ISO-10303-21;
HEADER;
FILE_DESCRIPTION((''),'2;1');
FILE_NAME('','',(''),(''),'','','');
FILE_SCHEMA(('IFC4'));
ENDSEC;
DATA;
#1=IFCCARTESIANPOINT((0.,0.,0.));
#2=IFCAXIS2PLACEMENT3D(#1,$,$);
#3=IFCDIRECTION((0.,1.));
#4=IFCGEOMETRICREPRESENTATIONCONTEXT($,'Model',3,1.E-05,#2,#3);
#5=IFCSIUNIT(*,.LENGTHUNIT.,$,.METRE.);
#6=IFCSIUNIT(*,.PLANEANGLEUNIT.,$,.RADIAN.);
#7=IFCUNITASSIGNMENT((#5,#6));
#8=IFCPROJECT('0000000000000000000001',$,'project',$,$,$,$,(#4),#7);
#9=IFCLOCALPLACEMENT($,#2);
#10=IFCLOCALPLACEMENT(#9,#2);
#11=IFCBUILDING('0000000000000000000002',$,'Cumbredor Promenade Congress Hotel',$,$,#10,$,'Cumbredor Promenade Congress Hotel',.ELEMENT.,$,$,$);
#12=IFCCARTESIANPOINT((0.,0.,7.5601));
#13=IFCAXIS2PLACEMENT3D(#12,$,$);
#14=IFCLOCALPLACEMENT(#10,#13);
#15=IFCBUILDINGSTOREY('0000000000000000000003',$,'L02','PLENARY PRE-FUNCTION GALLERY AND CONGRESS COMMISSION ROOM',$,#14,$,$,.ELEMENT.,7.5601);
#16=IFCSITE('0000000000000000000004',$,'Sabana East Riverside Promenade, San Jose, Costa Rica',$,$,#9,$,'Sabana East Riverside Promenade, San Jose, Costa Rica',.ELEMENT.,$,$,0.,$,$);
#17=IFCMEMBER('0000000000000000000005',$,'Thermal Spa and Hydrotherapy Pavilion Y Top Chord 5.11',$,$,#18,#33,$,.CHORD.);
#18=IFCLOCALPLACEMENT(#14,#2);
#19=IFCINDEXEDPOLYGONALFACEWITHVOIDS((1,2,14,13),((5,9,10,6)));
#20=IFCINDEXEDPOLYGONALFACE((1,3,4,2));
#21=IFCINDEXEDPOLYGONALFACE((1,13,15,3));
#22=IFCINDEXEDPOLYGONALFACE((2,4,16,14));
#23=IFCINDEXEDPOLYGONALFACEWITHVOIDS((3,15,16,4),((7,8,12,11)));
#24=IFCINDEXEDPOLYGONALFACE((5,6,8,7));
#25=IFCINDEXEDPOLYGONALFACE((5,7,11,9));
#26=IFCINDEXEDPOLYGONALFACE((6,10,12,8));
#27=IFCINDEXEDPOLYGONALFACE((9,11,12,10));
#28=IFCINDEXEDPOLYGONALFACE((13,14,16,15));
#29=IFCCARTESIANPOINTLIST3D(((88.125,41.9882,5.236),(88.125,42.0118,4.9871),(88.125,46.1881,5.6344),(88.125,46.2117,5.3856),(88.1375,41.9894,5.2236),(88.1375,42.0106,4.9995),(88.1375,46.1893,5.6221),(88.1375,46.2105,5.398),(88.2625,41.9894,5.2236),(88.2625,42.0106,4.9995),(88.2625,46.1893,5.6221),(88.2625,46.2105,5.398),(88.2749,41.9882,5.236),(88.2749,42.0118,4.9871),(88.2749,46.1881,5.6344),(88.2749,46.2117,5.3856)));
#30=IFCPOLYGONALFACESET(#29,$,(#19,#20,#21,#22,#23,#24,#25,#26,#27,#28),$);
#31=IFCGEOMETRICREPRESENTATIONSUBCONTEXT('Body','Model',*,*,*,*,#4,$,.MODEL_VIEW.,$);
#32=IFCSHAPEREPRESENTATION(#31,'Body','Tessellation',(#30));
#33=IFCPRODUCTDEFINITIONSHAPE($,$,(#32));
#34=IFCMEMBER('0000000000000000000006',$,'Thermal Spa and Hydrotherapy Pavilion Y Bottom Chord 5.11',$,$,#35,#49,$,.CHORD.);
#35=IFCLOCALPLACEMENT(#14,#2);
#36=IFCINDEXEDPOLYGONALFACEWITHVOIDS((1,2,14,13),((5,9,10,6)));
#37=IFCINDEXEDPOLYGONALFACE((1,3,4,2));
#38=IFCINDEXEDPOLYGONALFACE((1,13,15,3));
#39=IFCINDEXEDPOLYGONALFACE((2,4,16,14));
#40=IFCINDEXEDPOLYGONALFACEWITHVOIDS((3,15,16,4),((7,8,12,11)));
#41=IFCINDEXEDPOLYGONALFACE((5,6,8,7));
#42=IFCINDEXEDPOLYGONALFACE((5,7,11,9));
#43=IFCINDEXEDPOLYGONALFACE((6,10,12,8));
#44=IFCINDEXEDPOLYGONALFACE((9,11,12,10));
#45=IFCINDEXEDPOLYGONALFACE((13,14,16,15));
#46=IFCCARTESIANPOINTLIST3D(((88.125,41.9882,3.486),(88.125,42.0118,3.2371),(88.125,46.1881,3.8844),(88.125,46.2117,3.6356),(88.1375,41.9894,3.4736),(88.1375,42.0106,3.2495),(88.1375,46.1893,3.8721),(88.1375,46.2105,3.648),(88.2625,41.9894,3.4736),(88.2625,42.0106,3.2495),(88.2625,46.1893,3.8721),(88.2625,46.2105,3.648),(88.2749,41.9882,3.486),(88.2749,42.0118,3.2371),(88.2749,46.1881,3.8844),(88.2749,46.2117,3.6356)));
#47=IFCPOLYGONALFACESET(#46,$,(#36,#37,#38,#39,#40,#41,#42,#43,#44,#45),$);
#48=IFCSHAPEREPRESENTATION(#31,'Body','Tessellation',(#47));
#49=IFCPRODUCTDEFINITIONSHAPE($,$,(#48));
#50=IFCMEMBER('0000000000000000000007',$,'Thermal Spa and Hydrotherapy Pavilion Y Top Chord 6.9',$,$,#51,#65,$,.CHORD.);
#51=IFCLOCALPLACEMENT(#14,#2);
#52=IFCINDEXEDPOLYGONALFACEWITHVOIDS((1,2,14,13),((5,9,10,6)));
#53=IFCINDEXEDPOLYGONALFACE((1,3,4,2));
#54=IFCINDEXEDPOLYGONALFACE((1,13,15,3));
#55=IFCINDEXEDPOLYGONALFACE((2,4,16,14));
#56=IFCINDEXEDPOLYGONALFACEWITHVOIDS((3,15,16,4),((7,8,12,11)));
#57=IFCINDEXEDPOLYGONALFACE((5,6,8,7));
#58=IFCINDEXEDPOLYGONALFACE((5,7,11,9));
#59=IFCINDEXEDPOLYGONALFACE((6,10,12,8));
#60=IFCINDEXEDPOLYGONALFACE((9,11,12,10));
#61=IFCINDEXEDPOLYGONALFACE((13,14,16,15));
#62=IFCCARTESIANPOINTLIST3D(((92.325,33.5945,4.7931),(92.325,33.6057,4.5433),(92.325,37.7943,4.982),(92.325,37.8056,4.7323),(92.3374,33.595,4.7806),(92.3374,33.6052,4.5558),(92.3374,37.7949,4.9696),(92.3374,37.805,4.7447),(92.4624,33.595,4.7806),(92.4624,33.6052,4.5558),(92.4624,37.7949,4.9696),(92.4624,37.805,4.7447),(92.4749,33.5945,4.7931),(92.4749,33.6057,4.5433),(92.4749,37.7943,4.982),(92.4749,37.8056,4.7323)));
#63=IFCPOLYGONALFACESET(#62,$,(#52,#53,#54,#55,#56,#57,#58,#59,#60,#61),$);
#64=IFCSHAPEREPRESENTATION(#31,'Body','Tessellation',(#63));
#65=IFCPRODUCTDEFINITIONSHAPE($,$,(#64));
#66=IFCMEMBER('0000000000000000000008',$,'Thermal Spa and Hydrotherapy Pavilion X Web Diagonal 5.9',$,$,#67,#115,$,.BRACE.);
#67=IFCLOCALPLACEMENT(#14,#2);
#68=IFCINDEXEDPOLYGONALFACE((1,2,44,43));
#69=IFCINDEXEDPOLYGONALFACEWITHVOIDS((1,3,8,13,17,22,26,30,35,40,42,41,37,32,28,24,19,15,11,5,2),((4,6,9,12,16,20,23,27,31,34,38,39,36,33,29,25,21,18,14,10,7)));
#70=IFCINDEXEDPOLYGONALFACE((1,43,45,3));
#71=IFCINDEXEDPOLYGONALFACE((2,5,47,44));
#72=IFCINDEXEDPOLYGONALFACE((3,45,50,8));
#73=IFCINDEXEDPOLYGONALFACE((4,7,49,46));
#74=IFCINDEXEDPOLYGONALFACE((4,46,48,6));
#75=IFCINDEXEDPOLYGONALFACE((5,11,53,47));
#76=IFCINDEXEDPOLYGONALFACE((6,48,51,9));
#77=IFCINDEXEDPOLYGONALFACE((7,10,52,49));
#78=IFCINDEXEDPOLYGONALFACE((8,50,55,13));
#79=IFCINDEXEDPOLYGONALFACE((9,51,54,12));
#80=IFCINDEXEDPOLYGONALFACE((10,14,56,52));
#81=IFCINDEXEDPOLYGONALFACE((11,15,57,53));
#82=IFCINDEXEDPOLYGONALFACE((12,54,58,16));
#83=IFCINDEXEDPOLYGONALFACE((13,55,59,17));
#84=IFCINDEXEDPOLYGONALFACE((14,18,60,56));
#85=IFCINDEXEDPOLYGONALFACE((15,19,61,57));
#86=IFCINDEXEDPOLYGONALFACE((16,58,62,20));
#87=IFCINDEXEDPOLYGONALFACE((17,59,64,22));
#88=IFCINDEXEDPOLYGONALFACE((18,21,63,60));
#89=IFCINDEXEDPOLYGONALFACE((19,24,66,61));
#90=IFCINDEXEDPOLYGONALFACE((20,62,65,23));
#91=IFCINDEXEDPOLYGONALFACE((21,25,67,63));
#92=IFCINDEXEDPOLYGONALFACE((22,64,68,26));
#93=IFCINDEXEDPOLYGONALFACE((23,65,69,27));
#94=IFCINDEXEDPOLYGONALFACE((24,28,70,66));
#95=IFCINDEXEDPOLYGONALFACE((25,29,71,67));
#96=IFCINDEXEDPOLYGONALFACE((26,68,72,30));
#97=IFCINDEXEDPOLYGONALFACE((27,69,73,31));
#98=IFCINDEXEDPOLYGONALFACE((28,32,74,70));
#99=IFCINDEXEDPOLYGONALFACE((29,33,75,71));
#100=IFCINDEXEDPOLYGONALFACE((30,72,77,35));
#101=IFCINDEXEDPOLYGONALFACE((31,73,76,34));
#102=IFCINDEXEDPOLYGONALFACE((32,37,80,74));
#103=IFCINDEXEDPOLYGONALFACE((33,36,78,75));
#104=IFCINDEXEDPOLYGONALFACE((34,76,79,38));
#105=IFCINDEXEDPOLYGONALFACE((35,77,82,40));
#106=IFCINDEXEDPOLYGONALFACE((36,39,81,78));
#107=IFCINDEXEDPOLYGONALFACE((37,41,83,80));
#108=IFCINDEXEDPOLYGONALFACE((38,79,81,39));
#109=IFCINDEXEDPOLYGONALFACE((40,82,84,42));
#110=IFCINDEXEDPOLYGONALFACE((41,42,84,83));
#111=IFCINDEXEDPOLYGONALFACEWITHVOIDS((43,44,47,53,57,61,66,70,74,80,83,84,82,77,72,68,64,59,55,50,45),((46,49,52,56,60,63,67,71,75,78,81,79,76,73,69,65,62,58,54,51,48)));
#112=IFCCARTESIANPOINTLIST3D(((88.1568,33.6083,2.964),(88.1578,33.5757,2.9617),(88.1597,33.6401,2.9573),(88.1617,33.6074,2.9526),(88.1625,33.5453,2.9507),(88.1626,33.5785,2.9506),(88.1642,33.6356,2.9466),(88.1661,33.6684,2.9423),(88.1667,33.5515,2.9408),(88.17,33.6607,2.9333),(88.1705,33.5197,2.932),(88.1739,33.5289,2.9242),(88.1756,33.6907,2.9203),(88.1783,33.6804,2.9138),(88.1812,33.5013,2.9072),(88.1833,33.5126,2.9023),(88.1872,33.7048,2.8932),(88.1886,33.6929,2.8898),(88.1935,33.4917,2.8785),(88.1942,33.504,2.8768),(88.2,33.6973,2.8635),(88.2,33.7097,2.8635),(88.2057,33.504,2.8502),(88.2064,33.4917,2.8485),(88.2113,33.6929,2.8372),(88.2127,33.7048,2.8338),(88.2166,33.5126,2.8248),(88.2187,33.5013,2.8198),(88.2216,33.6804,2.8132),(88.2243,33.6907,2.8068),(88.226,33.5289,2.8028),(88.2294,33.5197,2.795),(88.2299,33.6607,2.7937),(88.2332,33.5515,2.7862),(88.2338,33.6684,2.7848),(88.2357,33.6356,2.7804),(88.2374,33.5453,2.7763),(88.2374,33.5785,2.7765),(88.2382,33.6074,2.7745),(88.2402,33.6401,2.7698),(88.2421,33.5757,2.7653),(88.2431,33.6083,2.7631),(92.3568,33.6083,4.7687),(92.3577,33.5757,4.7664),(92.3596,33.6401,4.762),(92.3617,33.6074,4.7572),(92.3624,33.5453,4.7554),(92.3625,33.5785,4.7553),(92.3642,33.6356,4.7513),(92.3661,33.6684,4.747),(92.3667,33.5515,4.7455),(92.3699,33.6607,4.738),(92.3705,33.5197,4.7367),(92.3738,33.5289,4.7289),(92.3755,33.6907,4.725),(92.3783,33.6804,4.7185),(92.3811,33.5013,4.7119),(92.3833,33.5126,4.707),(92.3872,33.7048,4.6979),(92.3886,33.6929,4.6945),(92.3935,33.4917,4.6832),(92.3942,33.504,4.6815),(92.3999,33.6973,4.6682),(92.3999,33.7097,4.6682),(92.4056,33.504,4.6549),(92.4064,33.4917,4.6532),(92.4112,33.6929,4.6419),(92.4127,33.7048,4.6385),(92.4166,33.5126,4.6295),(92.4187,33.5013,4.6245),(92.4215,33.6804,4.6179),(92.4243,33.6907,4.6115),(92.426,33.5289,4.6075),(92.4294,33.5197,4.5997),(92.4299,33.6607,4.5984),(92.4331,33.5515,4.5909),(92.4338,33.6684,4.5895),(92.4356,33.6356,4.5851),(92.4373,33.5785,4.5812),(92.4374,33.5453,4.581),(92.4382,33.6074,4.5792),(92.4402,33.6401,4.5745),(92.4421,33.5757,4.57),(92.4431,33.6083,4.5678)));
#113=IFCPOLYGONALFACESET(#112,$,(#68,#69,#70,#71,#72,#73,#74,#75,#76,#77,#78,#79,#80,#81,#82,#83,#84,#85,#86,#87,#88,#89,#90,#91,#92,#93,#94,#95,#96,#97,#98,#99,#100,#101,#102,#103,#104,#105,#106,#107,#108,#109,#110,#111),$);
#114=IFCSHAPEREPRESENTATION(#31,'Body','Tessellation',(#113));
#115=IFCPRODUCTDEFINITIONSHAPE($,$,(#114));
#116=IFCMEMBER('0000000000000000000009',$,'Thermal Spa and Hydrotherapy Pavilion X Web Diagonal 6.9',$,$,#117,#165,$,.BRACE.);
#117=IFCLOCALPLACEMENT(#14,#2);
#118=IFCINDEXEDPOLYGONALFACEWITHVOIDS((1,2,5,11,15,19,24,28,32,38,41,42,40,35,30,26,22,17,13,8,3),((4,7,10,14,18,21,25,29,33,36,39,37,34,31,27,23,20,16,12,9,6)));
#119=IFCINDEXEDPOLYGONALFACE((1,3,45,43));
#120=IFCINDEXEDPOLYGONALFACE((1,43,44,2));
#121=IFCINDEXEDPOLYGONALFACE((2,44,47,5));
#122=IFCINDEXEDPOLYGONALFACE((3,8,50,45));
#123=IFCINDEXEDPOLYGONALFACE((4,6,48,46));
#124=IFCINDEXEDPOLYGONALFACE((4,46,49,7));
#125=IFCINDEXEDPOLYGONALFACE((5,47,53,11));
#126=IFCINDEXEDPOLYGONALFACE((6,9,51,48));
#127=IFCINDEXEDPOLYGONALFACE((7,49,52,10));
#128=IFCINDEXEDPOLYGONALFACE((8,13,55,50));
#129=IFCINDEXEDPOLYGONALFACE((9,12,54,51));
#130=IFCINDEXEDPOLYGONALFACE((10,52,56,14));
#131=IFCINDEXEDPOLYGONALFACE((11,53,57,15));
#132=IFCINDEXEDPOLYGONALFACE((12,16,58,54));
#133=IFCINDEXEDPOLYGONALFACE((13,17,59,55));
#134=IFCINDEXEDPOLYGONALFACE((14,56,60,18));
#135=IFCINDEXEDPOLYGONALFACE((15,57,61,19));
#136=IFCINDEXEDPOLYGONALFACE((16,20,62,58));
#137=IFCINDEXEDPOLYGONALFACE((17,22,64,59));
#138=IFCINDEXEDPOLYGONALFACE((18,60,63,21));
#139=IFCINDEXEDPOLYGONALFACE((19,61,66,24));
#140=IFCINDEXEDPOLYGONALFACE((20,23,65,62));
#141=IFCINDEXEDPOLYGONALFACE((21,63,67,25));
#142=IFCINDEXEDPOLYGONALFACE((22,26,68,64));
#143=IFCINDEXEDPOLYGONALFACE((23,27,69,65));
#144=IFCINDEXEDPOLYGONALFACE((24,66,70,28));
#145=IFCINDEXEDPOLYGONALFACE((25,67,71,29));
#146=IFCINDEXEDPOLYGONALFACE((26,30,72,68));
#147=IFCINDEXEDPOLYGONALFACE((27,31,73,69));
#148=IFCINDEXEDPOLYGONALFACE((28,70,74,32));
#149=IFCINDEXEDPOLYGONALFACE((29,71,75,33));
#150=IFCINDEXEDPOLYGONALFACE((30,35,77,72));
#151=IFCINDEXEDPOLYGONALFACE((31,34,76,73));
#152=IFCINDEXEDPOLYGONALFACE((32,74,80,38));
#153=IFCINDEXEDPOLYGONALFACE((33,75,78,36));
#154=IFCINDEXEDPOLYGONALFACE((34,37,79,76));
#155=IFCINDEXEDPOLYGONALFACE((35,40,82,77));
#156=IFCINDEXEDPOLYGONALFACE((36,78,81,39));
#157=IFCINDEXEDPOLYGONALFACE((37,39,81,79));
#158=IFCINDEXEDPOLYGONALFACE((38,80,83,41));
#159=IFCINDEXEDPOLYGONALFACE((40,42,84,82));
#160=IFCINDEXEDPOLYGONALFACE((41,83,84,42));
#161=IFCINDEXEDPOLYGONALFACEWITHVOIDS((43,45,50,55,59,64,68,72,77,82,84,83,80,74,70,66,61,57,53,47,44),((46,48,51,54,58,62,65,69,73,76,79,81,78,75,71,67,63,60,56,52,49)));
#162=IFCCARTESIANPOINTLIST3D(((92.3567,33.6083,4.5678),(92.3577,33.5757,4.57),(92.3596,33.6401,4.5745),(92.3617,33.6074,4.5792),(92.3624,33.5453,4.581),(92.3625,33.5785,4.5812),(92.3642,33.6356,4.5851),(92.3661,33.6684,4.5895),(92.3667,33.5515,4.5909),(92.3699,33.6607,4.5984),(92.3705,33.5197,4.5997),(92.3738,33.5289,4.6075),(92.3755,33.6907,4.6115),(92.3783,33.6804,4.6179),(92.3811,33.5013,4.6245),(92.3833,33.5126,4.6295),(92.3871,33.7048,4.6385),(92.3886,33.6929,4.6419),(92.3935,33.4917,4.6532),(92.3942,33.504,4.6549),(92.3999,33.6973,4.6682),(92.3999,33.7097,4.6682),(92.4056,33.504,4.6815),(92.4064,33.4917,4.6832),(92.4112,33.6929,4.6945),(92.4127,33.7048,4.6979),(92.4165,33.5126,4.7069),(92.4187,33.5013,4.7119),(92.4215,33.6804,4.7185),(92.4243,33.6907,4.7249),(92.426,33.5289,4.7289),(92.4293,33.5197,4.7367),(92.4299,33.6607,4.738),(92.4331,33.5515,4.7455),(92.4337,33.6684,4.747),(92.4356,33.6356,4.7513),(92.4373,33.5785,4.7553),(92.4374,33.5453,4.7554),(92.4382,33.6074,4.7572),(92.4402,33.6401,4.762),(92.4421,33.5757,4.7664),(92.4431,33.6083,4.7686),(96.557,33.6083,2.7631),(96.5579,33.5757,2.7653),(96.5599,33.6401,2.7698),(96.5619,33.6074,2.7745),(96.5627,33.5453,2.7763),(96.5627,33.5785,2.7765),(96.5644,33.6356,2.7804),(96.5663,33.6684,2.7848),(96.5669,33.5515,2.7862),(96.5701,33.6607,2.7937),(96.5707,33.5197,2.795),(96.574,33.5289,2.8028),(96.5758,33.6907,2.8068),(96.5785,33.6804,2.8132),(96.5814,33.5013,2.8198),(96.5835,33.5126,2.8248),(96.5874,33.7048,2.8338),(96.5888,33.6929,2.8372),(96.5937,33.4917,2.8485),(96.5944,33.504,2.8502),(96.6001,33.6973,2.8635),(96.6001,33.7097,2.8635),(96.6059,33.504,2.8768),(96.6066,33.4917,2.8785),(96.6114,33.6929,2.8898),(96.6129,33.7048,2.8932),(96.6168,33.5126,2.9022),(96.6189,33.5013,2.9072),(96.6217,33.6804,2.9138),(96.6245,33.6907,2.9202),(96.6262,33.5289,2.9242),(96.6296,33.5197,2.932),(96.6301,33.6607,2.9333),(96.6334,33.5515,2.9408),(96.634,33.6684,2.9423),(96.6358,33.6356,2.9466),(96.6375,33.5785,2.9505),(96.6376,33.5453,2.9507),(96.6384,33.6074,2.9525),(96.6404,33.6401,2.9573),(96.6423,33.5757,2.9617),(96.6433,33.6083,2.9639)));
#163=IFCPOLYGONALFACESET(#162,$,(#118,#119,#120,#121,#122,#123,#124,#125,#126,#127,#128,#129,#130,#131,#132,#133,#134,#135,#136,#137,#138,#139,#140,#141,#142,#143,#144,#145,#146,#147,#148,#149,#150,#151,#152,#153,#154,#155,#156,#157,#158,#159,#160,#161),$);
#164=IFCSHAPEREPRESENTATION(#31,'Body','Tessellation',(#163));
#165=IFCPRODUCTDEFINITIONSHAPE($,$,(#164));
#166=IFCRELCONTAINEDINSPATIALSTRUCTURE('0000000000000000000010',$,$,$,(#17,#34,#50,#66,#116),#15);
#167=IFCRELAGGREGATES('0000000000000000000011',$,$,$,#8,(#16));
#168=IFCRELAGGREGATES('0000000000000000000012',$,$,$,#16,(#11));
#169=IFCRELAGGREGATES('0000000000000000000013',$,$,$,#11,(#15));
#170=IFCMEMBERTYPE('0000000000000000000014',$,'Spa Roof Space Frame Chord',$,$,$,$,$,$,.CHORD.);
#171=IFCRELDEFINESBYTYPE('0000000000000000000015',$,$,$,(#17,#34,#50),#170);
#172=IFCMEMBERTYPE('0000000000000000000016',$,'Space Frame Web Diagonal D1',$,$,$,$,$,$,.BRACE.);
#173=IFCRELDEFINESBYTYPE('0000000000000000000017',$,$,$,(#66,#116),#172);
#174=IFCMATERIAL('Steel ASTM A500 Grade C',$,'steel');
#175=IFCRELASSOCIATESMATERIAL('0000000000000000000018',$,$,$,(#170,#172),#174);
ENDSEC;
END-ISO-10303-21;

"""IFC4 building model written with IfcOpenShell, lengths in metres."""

from ifc_helpers import new_model, si_unit, direction, frame, origin, origin_2d, place, context, subcontext, project, spatial, hollow_rectangle, hollow_circle, extrude, material, material_profile, profile_set, type_object, element, save


model = new_model("IFC4")

# Units and contexts
model_context = context("Model", 3, precision=1e-05, world=origin(), true_north=direction((0.0, 1.0)))
body_context = subcontext(model_context, "Body", "Model", "MODEL_VIEW")
ifc_project = project(units=[si_unit("LENGTHUNIT", "METRE"), si_unit("PLANEANGLEUNIT", "RADIAN")], contexts=[model_context])

# Site, building, storey
site_placement = place(None, origin())
site = spatial("IfcSite", under=ifc_project, at=site_placement, Name="Sabana East Riverside Promenade, San Jose, Costa Rica", LongName="Sabana East Riverside Promenade, San Jose, Costa Rica", CompositionType="ELEMENT", RefElevation=0.0)
building_placement = place(site_placement, origin())
building = spatial("IfcBuilding", under=site, at=building_placement, Name="Cumbredor Promenade Congress Hotel", LongName="Cumbredor Promenade Congress Hotel", CompositionType="ELEMENT")
storey_placement = place(building_placement, frame((0.0, 0.0, 7.5601)))
storey = spatial("IfcBuildingStorey", under=building, at=storey_placement, Name="L02", Description="PLENARY PRE-FUNCTION GALLERY AND CONGRESS COMMISSION ROOM", CompositionType="ELEMENT", Elevation=7.5601)

# Members
ifc_material_1 = material(Name="Steel ASTM A500 Grade C", Category="steel")
ifc_material_profile_1 = material_profile(ifc_material_1, hollow_rectangle(XDim=0.1499, YDim=0.25, WallThickness=0.0125, at=origin_2d()), Name="HSS 250x150x12.5")
ifc_profile_set_1 = profile_set([ifc_material_profile_1], Name="Steel ASTM A500 Grade C")
member_type_1 = type_object("IfcMemberType", Name="Spa Roof Space Frame Chord", PredefinedType="CHORD", material=ifc_profile_set_1)
for number, where, z_axis, x_axis, name in (
    (1, (88.2, 42.0, 5.1116), (0.0, 0.99553, 0.094443), (-1.0, 0.0, 0.0), "Thermal Spa and Hydrotherapy Pavilion Y Top Chord 5.11"),
    (2, (88.2, 42.0, 3.3616), (0.0, 0.99553, 0.094443), (-1.0, 0.0, 0.0), "Thermal Spa and Hydrotherapy Pavilion Y Bottom Chord 5.11"),
):
    element("IfcMember", number, at=place(storey_placement, frame(where, z_axis=z_axis, x_axis=x_axis)), inside=storey, type_object=member_type_1, Name=name, PredefinedType="CHORD", context=body_context, shape_type="SweptSolid", body=[
        extrude(hollow_rectangle(XDim=0.1499, YDim=0.25, WallThickness=0.0125, at=origin_2d()), origin(), (0.0, 0.0, 1.0), 4.2188),
    ])
member_1_placement = place(storey_placement, frame((92.3999, 33.6001, 4.6682), z_axis=(0.0, 0.998989, 0.044947), x_axis=(-1.0, 0.0, 0.0)))
element("IfcMember", 3, at=member_1_placement, inside=storey, type_object=member_type_1, Name="Thermal Spa and Hydrotherapy Pavilion Y Top Chord 6.9", PredefinedType="CHORD", context=body_context, shape_type="SweptSolid", body=[
    extrude(hollow_rectangle(XDim=0.1499, YDim=0.25, WallThickness=0.0125, at=origin_2d()), origin(), (0.0, 0.0, 1.0), 4.2041),
])
ifc_material_profile_2 = material_profile(ifc_material_1, hollow_circle(Radius=0.1096, WallThickness=0.0125, at=origin_2d()), Name="CHS 219.1x12.5")
ifc_profile_set_2 = profile_set([ifc_material_profile_2], Name="Steel ASTM A500 Grade C")
member_type_2 = type_object("IfcMemberType", Name="Space Frame Web Diagonal D1", PredefinedType="BRACE", material=ifc_profile_set_2)
member_2_placement = place(storey_placement, frame((88.2, 33.6001, 2.8635), z_axis=(0.918772, 0.0, 0.394789), x_axis=(0.0, 1.0, 0.0)))
element("IfcMember", 4, at=member_2_placement, inside=storey, type_object=member_type_2, Name="Thermal Spa and Hydrotherapy Pavilion X Web Diagonal 5.9", PredefinedType="BRACE", context=body_context, shape_type="SweptSolid", body=[
    extrude(hollow_circle(Radius=0.1096, WallThickness=0.0125, at=origin_2d()), origin(), (0.0, 0.0, 1.0), 4.5713),
])
member_3_placement = place(storey_placement, frame((92.3999, 33.6001, 4.6682), z_axis=(0.91878, 0.0, -0.39477), x_axis=(0.0, 1.0, 0.0)))
element("IfcMember", 5, at=member_3_placement, inside=storey, type_object=member_type_2, Name="Thermal Spa and Hydrotherapy Pavilion X Web Diagonal 6.9", PredefinedType="BRACE", context=body_context, shape_type="SweptSolid", body=[
    extrude(hollow_circle(Radius=0.1096, WallThickness=0.0125, at=origin_2d()), origin(), (0.0, 0.0, 1.0), 4.5715),
])

save(model, "model.ifc")
